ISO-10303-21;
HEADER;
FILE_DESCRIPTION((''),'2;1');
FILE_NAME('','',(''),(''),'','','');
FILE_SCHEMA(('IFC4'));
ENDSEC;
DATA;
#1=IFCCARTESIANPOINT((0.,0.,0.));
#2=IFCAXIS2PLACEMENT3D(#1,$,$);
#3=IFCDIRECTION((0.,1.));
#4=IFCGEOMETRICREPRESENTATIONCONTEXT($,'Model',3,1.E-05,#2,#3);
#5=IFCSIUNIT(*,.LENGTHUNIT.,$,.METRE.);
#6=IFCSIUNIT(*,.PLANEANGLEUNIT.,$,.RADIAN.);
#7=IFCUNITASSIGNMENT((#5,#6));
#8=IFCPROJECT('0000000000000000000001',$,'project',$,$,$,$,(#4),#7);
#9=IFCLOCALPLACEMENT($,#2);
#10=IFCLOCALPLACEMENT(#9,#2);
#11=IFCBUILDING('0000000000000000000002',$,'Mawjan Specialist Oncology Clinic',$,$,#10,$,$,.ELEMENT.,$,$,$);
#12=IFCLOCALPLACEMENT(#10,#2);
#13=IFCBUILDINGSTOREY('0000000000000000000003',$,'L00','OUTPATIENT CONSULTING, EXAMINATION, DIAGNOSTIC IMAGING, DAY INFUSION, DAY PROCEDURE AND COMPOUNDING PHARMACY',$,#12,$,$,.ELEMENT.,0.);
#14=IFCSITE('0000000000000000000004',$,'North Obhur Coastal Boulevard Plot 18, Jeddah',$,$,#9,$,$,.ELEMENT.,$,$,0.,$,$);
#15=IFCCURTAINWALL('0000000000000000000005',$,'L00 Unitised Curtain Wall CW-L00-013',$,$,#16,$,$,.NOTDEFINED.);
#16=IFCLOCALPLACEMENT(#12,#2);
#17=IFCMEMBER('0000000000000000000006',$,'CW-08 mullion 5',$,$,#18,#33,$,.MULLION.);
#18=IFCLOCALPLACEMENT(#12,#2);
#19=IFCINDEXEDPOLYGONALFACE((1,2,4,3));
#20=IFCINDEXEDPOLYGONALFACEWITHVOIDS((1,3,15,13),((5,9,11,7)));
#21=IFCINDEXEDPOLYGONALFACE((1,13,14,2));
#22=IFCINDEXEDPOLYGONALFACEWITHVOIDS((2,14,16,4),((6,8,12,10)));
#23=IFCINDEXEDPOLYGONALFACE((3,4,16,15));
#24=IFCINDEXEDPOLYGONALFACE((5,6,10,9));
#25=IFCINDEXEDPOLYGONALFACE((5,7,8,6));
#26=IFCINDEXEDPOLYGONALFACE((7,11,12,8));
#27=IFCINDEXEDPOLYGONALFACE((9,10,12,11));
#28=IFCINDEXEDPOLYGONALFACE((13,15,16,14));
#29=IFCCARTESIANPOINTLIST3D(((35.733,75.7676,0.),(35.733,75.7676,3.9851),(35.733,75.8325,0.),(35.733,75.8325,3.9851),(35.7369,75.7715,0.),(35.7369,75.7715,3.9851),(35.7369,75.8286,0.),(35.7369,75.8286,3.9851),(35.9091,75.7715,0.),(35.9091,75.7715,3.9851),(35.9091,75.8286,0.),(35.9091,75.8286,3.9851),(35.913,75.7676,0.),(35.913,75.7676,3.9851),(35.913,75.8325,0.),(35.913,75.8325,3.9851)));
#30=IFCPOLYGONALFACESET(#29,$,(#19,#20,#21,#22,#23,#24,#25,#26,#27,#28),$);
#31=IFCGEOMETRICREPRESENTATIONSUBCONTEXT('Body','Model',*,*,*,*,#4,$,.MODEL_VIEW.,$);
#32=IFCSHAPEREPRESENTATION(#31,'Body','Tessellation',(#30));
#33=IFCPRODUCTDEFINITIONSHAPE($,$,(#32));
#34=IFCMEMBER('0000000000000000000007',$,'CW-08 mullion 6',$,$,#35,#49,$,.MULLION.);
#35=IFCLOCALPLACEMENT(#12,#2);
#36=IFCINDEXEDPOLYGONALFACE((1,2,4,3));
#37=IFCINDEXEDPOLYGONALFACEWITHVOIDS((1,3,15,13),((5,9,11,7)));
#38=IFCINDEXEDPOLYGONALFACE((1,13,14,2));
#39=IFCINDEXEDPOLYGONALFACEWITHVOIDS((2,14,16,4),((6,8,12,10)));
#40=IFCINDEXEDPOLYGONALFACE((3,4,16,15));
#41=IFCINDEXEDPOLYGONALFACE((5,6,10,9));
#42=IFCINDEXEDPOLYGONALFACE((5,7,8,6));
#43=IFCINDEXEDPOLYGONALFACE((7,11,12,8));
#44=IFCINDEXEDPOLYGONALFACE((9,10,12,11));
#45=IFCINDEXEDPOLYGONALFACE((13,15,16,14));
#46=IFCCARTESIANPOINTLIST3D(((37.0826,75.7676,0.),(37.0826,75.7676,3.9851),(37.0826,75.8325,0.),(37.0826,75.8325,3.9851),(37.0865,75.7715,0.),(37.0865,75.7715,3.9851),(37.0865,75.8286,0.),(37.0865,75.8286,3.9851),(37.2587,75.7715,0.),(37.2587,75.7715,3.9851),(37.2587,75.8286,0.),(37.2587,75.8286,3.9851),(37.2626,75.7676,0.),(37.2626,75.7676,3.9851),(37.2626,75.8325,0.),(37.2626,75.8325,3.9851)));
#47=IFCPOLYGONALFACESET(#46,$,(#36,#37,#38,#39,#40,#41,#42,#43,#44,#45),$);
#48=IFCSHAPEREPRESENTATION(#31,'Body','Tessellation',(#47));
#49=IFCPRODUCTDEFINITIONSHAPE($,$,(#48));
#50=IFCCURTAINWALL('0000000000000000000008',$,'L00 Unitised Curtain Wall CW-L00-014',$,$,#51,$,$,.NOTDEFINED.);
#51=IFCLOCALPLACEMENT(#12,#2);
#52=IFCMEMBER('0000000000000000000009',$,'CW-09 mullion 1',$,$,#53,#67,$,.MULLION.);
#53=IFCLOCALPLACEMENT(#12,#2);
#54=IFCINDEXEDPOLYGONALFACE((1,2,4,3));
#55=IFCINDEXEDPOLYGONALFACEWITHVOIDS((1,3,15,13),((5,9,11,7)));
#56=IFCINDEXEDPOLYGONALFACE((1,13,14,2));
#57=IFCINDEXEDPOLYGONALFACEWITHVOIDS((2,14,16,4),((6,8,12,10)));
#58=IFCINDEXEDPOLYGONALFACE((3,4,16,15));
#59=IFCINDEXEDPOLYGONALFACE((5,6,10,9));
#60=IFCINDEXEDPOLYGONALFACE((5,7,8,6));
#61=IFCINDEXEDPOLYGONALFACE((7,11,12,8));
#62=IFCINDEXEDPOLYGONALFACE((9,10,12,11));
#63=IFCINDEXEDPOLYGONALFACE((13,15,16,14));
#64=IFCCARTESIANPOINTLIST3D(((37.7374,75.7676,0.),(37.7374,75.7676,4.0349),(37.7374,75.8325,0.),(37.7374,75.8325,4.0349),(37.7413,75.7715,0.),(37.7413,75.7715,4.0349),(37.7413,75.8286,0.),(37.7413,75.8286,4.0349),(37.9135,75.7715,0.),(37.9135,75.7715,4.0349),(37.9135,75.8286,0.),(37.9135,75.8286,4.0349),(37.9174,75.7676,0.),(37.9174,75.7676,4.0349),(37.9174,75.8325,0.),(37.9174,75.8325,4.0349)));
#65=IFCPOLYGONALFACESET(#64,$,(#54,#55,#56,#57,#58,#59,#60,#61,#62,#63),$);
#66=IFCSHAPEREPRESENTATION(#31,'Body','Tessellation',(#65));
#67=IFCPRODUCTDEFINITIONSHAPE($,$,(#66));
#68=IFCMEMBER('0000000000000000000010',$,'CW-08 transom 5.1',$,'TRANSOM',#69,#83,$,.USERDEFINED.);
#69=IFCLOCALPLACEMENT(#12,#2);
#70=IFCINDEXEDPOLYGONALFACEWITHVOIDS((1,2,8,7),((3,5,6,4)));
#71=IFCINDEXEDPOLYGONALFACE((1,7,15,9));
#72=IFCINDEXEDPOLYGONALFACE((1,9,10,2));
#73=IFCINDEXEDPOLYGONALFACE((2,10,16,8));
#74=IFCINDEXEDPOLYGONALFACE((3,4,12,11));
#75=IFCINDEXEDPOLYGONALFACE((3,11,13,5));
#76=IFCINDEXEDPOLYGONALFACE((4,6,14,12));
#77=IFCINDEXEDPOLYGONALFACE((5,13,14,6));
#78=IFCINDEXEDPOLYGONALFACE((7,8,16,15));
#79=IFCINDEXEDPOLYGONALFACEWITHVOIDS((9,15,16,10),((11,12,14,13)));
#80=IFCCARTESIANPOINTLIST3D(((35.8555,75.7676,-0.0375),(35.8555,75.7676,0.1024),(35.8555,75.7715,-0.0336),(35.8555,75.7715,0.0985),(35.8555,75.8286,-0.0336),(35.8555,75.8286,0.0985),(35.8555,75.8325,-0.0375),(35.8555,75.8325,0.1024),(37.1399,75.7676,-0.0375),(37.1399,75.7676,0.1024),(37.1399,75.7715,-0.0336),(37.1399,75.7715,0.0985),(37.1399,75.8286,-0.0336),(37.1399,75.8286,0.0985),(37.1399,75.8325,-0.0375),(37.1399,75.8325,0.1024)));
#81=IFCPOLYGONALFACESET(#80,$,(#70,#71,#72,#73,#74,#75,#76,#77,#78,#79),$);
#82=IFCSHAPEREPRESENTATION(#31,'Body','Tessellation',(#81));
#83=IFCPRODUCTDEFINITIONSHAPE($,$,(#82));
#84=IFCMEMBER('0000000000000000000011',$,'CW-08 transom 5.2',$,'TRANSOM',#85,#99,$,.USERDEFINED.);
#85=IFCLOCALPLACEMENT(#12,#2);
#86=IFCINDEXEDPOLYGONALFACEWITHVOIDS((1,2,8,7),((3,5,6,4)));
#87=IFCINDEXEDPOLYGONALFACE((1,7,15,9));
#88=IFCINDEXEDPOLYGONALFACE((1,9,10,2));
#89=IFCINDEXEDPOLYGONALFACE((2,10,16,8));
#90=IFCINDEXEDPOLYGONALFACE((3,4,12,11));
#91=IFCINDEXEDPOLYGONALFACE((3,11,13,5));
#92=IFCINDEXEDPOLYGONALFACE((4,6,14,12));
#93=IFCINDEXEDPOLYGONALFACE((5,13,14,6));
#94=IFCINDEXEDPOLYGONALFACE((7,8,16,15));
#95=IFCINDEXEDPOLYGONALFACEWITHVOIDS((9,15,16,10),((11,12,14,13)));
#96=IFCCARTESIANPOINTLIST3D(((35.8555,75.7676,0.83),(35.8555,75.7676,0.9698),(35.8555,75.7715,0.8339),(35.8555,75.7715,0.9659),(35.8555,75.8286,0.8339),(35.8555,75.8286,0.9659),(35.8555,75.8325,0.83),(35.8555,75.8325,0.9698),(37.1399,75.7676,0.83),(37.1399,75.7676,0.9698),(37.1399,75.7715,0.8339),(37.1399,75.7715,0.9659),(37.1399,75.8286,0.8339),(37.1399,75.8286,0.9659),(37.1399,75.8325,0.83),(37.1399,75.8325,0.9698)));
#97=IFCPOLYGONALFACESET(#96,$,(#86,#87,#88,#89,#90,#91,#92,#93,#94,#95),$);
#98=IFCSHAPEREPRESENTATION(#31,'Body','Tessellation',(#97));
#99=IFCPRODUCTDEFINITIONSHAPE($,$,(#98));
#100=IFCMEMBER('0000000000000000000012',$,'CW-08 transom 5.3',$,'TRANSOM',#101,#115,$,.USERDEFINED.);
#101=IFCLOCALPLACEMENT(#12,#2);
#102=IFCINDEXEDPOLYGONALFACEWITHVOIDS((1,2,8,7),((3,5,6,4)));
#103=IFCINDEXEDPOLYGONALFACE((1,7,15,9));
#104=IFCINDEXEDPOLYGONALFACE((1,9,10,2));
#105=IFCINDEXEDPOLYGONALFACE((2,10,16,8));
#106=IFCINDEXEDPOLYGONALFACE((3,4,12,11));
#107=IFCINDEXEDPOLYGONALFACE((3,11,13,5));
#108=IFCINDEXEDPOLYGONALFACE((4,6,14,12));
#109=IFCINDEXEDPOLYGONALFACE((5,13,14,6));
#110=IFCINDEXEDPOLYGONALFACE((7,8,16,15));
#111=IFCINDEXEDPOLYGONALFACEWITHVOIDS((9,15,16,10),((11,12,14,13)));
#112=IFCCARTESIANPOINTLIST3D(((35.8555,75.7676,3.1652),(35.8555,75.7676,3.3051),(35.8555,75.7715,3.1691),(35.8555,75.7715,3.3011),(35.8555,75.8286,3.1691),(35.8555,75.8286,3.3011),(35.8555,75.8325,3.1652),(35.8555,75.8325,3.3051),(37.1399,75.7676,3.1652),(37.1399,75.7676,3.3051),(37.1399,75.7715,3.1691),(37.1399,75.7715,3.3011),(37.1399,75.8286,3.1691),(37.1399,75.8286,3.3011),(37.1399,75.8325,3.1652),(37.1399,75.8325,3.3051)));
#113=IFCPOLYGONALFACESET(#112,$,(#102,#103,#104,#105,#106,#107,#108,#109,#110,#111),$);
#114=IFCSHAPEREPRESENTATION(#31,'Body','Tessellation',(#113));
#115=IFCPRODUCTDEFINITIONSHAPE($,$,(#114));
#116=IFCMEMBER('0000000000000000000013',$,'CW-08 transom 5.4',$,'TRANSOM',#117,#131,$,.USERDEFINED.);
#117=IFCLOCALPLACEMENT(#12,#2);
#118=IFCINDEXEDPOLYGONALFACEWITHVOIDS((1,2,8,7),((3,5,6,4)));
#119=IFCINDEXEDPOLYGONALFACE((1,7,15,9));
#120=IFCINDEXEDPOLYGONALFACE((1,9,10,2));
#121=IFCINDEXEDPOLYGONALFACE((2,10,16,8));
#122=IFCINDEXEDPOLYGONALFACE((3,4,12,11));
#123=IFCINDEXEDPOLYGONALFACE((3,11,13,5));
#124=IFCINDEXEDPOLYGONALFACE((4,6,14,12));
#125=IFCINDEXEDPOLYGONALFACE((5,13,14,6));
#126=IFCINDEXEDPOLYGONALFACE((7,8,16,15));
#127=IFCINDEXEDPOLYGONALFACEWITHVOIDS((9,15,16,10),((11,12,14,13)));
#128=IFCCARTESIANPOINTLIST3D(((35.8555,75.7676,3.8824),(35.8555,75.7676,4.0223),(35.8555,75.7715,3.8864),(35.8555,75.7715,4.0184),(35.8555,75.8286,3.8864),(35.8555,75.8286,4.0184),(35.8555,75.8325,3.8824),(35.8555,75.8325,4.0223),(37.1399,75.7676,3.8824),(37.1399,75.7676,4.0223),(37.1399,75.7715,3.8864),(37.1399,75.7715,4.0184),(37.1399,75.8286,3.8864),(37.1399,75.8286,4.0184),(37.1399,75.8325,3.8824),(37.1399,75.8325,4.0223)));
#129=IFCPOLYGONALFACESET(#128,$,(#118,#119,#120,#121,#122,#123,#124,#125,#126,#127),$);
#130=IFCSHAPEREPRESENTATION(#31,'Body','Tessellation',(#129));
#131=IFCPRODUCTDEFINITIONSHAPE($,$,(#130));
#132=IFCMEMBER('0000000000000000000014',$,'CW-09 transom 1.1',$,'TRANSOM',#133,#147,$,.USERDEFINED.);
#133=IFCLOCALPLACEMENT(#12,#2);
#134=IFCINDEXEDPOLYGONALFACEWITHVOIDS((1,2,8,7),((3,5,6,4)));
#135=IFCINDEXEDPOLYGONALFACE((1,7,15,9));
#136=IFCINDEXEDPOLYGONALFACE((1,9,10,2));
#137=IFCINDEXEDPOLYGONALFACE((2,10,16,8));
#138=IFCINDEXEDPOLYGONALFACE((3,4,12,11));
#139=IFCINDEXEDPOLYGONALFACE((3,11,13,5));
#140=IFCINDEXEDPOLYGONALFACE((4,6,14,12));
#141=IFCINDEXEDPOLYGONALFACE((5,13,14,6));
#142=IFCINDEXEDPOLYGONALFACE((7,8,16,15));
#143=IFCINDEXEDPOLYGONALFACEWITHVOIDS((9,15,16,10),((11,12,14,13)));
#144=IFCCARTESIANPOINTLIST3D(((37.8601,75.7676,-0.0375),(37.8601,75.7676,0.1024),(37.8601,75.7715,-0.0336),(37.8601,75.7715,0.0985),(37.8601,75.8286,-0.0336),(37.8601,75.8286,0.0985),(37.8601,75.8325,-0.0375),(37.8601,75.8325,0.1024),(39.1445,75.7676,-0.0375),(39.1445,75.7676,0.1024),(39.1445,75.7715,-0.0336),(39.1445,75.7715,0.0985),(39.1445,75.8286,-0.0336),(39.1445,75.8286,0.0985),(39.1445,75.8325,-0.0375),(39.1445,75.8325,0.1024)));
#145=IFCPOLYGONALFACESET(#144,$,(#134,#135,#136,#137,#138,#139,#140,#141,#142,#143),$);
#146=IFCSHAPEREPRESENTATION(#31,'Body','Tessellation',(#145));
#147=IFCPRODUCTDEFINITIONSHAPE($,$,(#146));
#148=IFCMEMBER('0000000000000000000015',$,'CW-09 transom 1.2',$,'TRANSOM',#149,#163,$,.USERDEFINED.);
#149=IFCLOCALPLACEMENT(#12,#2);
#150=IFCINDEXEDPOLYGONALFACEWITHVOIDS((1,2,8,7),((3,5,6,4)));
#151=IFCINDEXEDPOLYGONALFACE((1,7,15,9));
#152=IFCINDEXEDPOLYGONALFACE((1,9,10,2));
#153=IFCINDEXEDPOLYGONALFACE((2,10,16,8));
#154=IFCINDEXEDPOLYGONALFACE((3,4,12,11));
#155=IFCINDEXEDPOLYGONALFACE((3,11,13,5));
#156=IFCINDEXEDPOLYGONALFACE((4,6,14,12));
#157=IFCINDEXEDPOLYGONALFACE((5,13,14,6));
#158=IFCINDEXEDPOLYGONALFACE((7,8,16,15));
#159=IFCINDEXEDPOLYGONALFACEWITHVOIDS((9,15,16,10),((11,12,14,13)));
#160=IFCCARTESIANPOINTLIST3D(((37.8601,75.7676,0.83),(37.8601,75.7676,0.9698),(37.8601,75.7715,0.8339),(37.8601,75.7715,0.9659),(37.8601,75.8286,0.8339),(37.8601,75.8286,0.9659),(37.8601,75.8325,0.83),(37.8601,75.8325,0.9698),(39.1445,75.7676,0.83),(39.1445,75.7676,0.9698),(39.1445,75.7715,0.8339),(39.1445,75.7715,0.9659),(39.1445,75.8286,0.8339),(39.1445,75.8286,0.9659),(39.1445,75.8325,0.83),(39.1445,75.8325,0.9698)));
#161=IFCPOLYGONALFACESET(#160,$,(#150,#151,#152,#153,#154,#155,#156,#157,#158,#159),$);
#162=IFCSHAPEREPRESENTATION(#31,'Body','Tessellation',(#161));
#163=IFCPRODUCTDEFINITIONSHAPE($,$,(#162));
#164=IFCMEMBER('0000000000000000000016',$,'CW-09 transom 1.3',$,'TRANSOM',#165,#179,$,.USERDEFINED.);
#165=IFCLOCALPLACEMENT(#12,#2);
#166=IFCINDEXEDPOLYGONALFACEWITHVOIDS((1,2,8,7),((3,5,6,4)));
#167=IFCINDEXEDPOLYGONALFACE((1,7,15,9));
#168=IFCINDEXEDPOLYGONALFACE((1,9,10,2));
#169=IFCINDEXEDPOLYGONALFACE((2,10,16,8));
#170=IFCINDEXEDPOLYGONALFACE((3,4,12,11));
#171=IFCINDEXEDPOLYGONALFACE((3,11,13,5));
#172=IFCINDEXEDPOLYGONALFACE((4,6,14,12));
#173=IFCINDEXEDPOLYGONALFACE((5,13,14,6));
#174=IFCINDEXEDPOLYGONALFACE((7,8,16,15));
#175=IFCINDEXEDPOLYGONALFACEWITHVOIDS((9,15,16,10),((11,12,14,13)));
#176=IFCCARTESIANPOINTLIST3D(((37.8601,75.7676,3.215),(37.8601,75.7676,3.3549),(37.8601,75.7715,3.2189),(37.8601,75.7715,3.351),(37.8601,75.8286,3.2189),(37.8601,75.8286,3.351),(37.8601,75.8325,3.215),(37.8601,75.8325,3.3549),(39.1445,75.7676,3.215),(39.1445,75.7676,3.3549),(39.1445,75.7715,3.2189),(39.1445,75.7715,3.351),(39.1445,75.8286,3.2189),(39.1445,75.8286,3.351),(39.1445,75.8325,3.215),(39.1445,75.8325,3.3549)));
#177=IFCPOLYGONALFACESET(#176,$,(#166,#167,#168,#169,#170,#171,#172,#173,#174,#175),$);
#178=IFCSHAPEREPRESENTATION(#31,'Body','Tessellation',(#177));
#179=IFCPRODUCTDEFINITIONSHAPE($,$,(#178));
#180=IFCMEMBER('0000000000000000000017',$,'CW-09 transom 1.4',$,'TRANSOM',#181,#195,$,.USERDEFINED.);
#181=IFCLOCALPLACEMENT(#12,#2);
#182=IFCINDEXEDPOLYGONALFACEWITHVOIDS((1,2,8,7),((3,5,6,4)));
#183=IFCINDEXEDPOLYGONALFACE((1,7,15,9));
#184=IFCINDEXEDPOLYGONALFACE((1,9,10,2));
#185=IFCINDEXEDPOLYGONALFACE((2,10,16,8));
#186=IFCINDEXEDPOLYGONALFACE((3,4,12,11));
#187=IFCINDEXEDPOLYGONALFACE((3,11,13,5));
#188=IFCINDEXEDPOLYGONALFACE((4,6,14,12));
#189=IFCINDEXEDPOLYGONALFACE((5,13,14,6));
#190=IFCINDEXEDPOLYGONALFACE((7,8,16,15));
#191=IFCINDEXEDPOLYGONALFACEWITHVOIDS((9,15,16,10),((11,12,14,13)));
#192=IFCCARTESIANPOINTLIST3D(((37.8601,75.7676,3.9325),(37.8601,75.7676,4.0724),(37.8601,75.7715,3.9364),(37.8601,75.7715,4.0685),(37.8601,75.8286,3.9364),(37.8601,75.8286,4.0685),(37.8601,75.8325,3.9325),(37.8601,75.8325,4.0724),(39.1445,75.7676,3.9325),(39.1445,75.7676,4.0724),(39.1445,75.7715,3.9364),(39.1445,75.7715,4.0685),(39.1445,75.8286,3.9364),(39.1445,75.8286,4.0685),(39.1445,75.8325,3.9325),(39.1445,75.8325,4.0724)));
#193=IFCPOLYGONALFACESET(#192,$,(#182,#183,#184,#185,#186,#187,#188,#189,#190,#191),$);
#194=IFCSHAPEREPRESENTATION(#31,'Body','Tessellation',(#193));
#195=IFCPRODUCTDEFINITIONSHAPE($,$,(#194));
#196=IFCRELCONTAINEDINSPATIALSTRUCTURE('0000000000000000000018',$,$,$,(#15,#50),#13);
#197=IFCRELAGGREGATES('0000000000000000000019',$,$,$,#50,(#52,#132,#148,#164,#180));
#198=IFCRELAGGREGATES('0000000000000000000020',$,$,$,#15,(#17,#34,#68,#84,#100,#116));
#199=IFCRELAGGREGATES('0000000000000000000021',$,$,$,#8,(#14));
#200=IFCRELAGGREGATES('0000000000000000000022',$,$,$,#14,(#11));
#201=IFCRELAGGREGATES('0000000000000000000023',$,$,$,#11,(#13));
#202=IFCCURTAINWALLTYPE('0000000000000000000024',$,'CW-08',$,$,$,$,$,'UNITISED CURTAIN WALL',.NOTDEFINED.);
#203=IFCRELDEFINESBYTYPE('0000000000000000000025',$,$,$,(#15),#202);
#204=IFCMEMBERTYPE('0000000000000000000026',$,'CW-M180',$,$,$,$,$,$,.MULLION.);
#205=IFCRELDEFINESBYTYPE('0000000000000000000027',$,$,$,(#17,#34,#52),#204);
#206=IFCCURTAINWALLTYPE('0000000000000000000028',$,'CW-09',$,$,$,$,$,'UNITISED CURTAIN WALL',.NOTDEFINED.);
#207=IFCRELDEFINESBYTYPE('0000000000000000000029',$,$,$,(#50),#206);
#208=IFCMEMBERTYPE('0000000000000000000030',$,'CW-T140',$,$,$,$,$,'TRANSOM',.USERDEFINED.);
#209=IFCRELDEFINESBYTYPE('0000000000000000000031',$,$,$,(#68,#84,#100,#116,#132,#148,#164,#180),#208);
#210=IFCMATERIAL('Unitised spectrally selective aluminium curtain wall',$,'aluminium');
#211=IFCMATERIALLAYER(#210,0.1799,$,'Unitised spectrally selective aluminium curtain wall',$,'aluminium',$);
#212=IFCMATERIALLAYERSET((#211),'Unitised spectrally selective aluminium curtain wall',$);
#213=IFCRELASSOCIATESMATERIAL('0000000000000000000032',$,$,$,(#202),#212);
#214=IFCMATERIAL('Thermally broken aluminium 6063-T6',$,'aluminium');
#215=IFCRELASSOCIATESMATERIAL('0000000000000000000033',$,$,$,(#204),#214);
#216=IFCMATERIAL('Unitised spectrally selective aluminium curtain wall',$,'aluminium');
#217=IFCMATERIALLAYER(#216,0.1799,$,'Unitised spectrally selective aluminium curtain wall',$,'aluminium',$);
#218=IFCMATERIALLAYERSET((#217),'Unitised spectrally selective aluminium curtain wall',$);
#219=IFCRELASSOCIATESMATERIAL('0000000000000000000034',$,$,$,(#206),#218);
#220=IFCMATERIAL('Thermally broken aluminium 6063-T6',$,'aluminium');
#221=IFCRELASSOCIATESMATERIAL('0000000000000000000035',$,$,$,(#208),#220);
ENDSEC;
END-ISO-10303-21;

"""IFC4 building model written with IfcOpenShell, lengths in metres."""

from ifc_helpers import new_model, si_unit, direction, frame, origin, origin_2d, place, context, subcontext, project, spatial, hollow_rectangle, extrude, material, layer, layer_set, material_profile, profile_set, type_object, element, aggregate, save


model = new_model("IFC4")

# Units and contexts
model_context = context("Model", 3, precision=1e-05, world=origin(), true_north=direction((0.0, 1.0)))
body_context = subcontext(model_context, "Body", "Model", "MODEL_VIEW")
ifc_project = project(units=[si_unit("LENGTHUNIT", "METRE"), si_unit("PLANEANGLEUNIT", "RADIAN")], contexts=[model_context])

# Site, building, storey
site_placement = place(None, origin())
site = spatial("IfcSite", under=ifc_project, at=site_placement, Name="North Obhur Coastal Boulevard Plot 18, Jeddah", CompositionType="ELEMENT", RefElevation=0.0)
building_placement = place(site_placement, origin())
building = spatial("IfcBuilding", under=site, at=building_placement, Name="Mawjan Specialist Oncology Clinic", CompositionType="ELEMENT")
storey_placement = place(building_placement, origin())
storey = spatial("IfcBuildingStorey", under=building, at=storey_placement, Name="L00", Description="OUTPATIENT CONSULTING, EXAMINATION, DIAGNOSTIC IMAGING, DAY INFUSION, DAY PROCEDURE AND COMPOUNDING PHARMACY", CompositionType="ELEMENT", Elevation=0.0)

# Curtain wall, members
ifc_material_1 = material(Name="Unitised spectrally selective aluminium curtain wall", Category="aluminium")
ifc_layer_1 = layer(ifc_material_1, 0.1799, Name="Unitised spectrally selective aluminium curtain wall", Category="aluminium")
ifc_layer_set_1 = layer_set([ifc_layer_1], Name="Unitised spectrally selective aluminium curtain wall")
curtain_wall_type_1 = type_object("IfcCurtainWallType", Name="CW-08", ElementType="UNITISED CURTAIN WALL", PredefinedType="NOTDEFINED", material=ifc_layer_set_1)
curtain_wall_1_placement = place(storey_placement, origin())
curtain_wall_1 = element("IfcCurtainWall", 1, at=curtain_wall_1_placement, inside=storey, type_object=curtain_wall_type_1, Name="L00 Unitised Curtain Wall CW-L00-013", PredefinedType="NOTDEFINED")
ifc_material_2 = material(Name="Thermally broken aluminium 6063-T6", Category="aluminium")
ifc_material_profile_1 = material_profile(ifc_material_2, hollow_rectangle(XDim=0.0649, YDim=0.1799, WallThickness=0.0039, at=origin_2d()), Name="ALU MULLION 180x65x4", Category="aluminium")
ifc_profile_set_1 = profile_set([ifc_material_profile_1], Name="Thermally broken aluminium 6063-T6")
member_type_1 = type_object("IfcMemberType", Name="CW-M180", PredefinedType="MULLION", material=ifc_profile_set_1)
member_1_placement = place(storey_placement, frame((35.823, 75.8, 0.0), z_axis=(0.0, 0.0, 1.0), x_axis=(0.0, 1.0, 0.0)))
member_1 = element("IfcMember", 2, at=member_1_placement, type_object=member_type_1, Name="CW-08 mullion 5", PredefinedType="MULLION", context=body_context, shape_type="SweptSolid", body=[
    extrude(hollow_rectangle(XDim=0.0649, YDim=0.1799, WallThickness=0.0039, at=origin_2d()), origin(), (0.0, 0.0, 1.0), 3.9851),
])
member_2_placement = place(storey_placement, frame((37.1726, 75.8, 0.0), z_axis=(0.0, 0.0, 1.0), x_axis=(0.0, 1.0, 0.0)))
member_2 = element("IfcMember", 3, at=member_2_placement, type_object=member_type_1, Name="CW-08 mullion 6", PredefinedType="MULLION", context=body_context, shape_type="SweptSolid", body=[
    extrude(hollow_rectangle(XDim=0.0649, YDim=0.1799, WallThickness=0.0039, at=origin_2d()), origin(), (0.0, 0.0, 1.0), 3.9851),
])

# Curtain wall, member
ifc_material_3 = material(Name="Unitised spectrally selective aluminium curtain wall", Category="aluminium")
ifc_layer_2 = layer(ifc_material_3, 0.1799, Name="Unitised spectrally selective aluminium curtain wall", Category="aluminium")
ifc_layer_set_2 = layer_set([ifc_layer_2], Name="Unitised spectrally selective aluminium curtain wall")
curtain_wall_type_2 = type_object("IfcCurtainWallType", Name="CW-09", ElementType="UNITISED CURTAIN WALL", PredefinedType="NOTDEFINED", material=ifc_layer_set_2)
curtain_wall_2_placement = place(storey_placement, origin())
curtain_wall_2 = element("IfcCurtainWall", 4, at=curtain_wall_2_placement, inside=storey, type_object=curtain_wall_type_2, Name="L00 Unitised Curtain Wall CW-L00-014", PredefinedType="NOTDEFINED")
member_3_placement = place(storey_placement, frame((37.8274, 75.8, 0.0), z_axis=(0.0, 0.0, 1.0), x_axis=(0.0, 1.0, 0.0)))
member_3 = element("IfcMember", 5, at=member_3_placement, type_object=member_type_1, Name="CW-09 mullion 1", PredefinedType="MULLION", context=body_context, shape_type="SweptSolid", body=[
    extrude(hollow_rectangle(XDim=0.0649, YDim=0.1799, WallThickness=0.0039, at=origin_2d()), origin(), (0.0, 0.0, 1.0), 4.0349),
])

# Members
ifc_material_4 = material(Name="Thermally broken aluminium 6063-T6", Category="aluminium")
ifc_material_profile_2 = material_profile(ifc_material_4, hollow_rectangle(XDim=0.0649, YDim=0.1399, WallThickness=0.0039, at=origin_2d()), Name="ALU TRANSOM 140x65x4", Category="aluminium")
ifc_profile_set_2 = profile_set([ifc_material_profile_2], Name="Thermally broken aluminium 6063-T6")
member_type_2 = type_object("IfcMemberType", Name="CW-T140", ElementType="TRANSOM", PredefinedType="USERDEFINED", material=ifc_profile_set_2)
member_4_placement = place(storey_placement, frame((35.8555, 75.8, 0.0325), z_axis=(1.0, 0.0, 0.0), x_axis=(0.0, 1.0, 0.0)))
member_4 = element("IfcMember", 6, at=member_4_placement, type_object=member_type_2, Name="CW-08 transom 5.1", ObjectType="TRANSOM", PredefinedType="USERDEFINED", context=body_context, shape_type="SweptSolid", body=[
    extrude(hollow_rectangle(XDim=0.0649, YDim=0.1399, WallThickness=0.0039, at=origin_2d()), origin(), (0.0, 0.0, 1.0), 1.2844),
])
member_5_placement = place(storey_placement, frame((35.8555, 75.8, 0.8999), z_axis=(1.0, 0.0, 0.0), x_axis=(0.0, 1.0, 0.0)))
member_5 = element("IfcMember", 7, at=member_5_placement, type_object=member_type_2, Name="CW-08 transom 5.2", ObjectType="TRANSOM", PredefinedType="USERDEFINED", context=body_context, shape_type="SweptSolid", body=[
    extrude(hollow_rectangle(XDim=0.0649, YDim=0.1399, WallThickness=0.0039, at=origin_2d()), origin(), (0.0, 0.0, 1.0), 1.2844),
])
member_6_placement = place(storey_placement, frame((35.8555, 75.8, 3.2351), z_axis=(1.0, 0.0, 0.0), x_axis=(0.0, 1.0, 0.0)))
member_6 = element("IfcMember", 8, at=member_6_placement, type_object=member_type_2, Name="CW-08 transom 5.3", ObjectType="TRANSOM", PredefinedType="USERDEFINED", context=body_context, shape_type="SweptSolid", body=[
    extrude(hollow_rectangle(XDim=0.0649, YDim=0.1399, WallThickness=0.0039, at=origin_2d()), origin(), (0.0, 0.0, 1.0), 1.2844),
])
member_7_placement = place(storey_placement, frame((35.8555, 75.8, 3.9524), z_axis=(1.0, 0.0, 0.0), x_axis=(0.0, 1.0, 0.0)))
member_7 = element("IfcMember", 9, at=member_7_placement, type_object=member_type_2, Name="CW-08 transom 5.4", ObjectType="TRANSOM", PredefinedType="USERDEFINED", context=body_context, shape_type="SweptSolid", body=[
    extrude(hollow_rectangle(XDim=0.0649, YDim=0.1399, WallThickness=0.0039, at=origin_2d()), origin(), (0.0, 0.0, 1.0), 1.2844),
])
member_8_placement = place(storey_placement, frame((37.8601, 75.8, 0.0325), z_axis=(1.0, 0.0, 0.0), x_axis=(0.0, 1.0, 0.0)))
member_8 = element("IfcMember", 10, at=member_8_placement, type_object=member_type_2, Name="CW-09 transom 1.1", ObjectType="TRANSOM", PredefinedType="USERDEFINED", context=body_context, shape_type="SweptSolid", body=[
    extrude(hollow_rectangle(XDim=0.0649, YDim=0.1399, WallThickness=0.0039, at=origin_2d()), origin(), (0.0, 0.0, 1.0), 1.2844),
])
member_9_placement = place(storey_placement, frame((37.8601, 75.8, 0.8999), z_axis=(1.0, 0.0, 0.0), x_axis=(0.0, 1.0, 0.0)))
member_9 = element("IfcMember", 11, at=member_9_placement, type_object=member_type_2, Name="CW-09 transom 1.2", ObjectType="TRANSOM", PredefinedType="USERDEFINED", context=body_context, shape_type="SweptSolid", body=[
    extrude(hollow_rectangle(XDim=0.0649, YDim=0.1399, WallThickness=0.0039, at=origin_2d()), origin(), (0.0, 0.0, 1.0), 1.2844),
])
member_10_placement = place(storey_placement, frame((37.8601, 75.8, 3.2849), z_axis=(1.0, 0.0, 0.0), x_axis=(0.0, 1.0, 0.0)))
member_10 = element("IfcMember", 12, at=member_10_placement, type_object=member_type_2, Name="CW-09 transom 1.3", ObjectType="TRANSOM", PredefinedType="USERDEFINED", context=body_context, shape_type="SweptSolid", body=[
    extrude(hollow_rectangle(XDim=0.0649, YDim=0.1399, WallThickness=0.0039, at=origin_2d()), origin(), (0.0, 0.0, 1.0), 1.2844),
])
member_11_placement = place(storey_placement, frame((37.8601, 75.8, 4.0024), z_axis=(1.0, 0.0, 0.0), x_axis=(0.0, 1.0, 0.0)))
member_11 = element("IfcMember", 13, at=member_11_placement, type_object=member_type_2, Name="CW-09 transom 1.4", ObjectType="TRANSOM", PredefinedType="USERDEFINED", context=body_context, shape_type="SweptSolid", body=[
    extrude(hollow_rectangle(XDim=0.0649, YDim=0.1399, WallThickness=0.0039, at=origin_2d()), origin(), (0.0, 0.0, 1.0), 1.2844),
])
aggregate(curtain_wall_2, [member_3, member_8, member_9, member_10, member_11])

aggregate(curtain_wall_1, [member_1, member_2, member_4, member_5, member_6, member_7])

save(model, "model.ifc")
